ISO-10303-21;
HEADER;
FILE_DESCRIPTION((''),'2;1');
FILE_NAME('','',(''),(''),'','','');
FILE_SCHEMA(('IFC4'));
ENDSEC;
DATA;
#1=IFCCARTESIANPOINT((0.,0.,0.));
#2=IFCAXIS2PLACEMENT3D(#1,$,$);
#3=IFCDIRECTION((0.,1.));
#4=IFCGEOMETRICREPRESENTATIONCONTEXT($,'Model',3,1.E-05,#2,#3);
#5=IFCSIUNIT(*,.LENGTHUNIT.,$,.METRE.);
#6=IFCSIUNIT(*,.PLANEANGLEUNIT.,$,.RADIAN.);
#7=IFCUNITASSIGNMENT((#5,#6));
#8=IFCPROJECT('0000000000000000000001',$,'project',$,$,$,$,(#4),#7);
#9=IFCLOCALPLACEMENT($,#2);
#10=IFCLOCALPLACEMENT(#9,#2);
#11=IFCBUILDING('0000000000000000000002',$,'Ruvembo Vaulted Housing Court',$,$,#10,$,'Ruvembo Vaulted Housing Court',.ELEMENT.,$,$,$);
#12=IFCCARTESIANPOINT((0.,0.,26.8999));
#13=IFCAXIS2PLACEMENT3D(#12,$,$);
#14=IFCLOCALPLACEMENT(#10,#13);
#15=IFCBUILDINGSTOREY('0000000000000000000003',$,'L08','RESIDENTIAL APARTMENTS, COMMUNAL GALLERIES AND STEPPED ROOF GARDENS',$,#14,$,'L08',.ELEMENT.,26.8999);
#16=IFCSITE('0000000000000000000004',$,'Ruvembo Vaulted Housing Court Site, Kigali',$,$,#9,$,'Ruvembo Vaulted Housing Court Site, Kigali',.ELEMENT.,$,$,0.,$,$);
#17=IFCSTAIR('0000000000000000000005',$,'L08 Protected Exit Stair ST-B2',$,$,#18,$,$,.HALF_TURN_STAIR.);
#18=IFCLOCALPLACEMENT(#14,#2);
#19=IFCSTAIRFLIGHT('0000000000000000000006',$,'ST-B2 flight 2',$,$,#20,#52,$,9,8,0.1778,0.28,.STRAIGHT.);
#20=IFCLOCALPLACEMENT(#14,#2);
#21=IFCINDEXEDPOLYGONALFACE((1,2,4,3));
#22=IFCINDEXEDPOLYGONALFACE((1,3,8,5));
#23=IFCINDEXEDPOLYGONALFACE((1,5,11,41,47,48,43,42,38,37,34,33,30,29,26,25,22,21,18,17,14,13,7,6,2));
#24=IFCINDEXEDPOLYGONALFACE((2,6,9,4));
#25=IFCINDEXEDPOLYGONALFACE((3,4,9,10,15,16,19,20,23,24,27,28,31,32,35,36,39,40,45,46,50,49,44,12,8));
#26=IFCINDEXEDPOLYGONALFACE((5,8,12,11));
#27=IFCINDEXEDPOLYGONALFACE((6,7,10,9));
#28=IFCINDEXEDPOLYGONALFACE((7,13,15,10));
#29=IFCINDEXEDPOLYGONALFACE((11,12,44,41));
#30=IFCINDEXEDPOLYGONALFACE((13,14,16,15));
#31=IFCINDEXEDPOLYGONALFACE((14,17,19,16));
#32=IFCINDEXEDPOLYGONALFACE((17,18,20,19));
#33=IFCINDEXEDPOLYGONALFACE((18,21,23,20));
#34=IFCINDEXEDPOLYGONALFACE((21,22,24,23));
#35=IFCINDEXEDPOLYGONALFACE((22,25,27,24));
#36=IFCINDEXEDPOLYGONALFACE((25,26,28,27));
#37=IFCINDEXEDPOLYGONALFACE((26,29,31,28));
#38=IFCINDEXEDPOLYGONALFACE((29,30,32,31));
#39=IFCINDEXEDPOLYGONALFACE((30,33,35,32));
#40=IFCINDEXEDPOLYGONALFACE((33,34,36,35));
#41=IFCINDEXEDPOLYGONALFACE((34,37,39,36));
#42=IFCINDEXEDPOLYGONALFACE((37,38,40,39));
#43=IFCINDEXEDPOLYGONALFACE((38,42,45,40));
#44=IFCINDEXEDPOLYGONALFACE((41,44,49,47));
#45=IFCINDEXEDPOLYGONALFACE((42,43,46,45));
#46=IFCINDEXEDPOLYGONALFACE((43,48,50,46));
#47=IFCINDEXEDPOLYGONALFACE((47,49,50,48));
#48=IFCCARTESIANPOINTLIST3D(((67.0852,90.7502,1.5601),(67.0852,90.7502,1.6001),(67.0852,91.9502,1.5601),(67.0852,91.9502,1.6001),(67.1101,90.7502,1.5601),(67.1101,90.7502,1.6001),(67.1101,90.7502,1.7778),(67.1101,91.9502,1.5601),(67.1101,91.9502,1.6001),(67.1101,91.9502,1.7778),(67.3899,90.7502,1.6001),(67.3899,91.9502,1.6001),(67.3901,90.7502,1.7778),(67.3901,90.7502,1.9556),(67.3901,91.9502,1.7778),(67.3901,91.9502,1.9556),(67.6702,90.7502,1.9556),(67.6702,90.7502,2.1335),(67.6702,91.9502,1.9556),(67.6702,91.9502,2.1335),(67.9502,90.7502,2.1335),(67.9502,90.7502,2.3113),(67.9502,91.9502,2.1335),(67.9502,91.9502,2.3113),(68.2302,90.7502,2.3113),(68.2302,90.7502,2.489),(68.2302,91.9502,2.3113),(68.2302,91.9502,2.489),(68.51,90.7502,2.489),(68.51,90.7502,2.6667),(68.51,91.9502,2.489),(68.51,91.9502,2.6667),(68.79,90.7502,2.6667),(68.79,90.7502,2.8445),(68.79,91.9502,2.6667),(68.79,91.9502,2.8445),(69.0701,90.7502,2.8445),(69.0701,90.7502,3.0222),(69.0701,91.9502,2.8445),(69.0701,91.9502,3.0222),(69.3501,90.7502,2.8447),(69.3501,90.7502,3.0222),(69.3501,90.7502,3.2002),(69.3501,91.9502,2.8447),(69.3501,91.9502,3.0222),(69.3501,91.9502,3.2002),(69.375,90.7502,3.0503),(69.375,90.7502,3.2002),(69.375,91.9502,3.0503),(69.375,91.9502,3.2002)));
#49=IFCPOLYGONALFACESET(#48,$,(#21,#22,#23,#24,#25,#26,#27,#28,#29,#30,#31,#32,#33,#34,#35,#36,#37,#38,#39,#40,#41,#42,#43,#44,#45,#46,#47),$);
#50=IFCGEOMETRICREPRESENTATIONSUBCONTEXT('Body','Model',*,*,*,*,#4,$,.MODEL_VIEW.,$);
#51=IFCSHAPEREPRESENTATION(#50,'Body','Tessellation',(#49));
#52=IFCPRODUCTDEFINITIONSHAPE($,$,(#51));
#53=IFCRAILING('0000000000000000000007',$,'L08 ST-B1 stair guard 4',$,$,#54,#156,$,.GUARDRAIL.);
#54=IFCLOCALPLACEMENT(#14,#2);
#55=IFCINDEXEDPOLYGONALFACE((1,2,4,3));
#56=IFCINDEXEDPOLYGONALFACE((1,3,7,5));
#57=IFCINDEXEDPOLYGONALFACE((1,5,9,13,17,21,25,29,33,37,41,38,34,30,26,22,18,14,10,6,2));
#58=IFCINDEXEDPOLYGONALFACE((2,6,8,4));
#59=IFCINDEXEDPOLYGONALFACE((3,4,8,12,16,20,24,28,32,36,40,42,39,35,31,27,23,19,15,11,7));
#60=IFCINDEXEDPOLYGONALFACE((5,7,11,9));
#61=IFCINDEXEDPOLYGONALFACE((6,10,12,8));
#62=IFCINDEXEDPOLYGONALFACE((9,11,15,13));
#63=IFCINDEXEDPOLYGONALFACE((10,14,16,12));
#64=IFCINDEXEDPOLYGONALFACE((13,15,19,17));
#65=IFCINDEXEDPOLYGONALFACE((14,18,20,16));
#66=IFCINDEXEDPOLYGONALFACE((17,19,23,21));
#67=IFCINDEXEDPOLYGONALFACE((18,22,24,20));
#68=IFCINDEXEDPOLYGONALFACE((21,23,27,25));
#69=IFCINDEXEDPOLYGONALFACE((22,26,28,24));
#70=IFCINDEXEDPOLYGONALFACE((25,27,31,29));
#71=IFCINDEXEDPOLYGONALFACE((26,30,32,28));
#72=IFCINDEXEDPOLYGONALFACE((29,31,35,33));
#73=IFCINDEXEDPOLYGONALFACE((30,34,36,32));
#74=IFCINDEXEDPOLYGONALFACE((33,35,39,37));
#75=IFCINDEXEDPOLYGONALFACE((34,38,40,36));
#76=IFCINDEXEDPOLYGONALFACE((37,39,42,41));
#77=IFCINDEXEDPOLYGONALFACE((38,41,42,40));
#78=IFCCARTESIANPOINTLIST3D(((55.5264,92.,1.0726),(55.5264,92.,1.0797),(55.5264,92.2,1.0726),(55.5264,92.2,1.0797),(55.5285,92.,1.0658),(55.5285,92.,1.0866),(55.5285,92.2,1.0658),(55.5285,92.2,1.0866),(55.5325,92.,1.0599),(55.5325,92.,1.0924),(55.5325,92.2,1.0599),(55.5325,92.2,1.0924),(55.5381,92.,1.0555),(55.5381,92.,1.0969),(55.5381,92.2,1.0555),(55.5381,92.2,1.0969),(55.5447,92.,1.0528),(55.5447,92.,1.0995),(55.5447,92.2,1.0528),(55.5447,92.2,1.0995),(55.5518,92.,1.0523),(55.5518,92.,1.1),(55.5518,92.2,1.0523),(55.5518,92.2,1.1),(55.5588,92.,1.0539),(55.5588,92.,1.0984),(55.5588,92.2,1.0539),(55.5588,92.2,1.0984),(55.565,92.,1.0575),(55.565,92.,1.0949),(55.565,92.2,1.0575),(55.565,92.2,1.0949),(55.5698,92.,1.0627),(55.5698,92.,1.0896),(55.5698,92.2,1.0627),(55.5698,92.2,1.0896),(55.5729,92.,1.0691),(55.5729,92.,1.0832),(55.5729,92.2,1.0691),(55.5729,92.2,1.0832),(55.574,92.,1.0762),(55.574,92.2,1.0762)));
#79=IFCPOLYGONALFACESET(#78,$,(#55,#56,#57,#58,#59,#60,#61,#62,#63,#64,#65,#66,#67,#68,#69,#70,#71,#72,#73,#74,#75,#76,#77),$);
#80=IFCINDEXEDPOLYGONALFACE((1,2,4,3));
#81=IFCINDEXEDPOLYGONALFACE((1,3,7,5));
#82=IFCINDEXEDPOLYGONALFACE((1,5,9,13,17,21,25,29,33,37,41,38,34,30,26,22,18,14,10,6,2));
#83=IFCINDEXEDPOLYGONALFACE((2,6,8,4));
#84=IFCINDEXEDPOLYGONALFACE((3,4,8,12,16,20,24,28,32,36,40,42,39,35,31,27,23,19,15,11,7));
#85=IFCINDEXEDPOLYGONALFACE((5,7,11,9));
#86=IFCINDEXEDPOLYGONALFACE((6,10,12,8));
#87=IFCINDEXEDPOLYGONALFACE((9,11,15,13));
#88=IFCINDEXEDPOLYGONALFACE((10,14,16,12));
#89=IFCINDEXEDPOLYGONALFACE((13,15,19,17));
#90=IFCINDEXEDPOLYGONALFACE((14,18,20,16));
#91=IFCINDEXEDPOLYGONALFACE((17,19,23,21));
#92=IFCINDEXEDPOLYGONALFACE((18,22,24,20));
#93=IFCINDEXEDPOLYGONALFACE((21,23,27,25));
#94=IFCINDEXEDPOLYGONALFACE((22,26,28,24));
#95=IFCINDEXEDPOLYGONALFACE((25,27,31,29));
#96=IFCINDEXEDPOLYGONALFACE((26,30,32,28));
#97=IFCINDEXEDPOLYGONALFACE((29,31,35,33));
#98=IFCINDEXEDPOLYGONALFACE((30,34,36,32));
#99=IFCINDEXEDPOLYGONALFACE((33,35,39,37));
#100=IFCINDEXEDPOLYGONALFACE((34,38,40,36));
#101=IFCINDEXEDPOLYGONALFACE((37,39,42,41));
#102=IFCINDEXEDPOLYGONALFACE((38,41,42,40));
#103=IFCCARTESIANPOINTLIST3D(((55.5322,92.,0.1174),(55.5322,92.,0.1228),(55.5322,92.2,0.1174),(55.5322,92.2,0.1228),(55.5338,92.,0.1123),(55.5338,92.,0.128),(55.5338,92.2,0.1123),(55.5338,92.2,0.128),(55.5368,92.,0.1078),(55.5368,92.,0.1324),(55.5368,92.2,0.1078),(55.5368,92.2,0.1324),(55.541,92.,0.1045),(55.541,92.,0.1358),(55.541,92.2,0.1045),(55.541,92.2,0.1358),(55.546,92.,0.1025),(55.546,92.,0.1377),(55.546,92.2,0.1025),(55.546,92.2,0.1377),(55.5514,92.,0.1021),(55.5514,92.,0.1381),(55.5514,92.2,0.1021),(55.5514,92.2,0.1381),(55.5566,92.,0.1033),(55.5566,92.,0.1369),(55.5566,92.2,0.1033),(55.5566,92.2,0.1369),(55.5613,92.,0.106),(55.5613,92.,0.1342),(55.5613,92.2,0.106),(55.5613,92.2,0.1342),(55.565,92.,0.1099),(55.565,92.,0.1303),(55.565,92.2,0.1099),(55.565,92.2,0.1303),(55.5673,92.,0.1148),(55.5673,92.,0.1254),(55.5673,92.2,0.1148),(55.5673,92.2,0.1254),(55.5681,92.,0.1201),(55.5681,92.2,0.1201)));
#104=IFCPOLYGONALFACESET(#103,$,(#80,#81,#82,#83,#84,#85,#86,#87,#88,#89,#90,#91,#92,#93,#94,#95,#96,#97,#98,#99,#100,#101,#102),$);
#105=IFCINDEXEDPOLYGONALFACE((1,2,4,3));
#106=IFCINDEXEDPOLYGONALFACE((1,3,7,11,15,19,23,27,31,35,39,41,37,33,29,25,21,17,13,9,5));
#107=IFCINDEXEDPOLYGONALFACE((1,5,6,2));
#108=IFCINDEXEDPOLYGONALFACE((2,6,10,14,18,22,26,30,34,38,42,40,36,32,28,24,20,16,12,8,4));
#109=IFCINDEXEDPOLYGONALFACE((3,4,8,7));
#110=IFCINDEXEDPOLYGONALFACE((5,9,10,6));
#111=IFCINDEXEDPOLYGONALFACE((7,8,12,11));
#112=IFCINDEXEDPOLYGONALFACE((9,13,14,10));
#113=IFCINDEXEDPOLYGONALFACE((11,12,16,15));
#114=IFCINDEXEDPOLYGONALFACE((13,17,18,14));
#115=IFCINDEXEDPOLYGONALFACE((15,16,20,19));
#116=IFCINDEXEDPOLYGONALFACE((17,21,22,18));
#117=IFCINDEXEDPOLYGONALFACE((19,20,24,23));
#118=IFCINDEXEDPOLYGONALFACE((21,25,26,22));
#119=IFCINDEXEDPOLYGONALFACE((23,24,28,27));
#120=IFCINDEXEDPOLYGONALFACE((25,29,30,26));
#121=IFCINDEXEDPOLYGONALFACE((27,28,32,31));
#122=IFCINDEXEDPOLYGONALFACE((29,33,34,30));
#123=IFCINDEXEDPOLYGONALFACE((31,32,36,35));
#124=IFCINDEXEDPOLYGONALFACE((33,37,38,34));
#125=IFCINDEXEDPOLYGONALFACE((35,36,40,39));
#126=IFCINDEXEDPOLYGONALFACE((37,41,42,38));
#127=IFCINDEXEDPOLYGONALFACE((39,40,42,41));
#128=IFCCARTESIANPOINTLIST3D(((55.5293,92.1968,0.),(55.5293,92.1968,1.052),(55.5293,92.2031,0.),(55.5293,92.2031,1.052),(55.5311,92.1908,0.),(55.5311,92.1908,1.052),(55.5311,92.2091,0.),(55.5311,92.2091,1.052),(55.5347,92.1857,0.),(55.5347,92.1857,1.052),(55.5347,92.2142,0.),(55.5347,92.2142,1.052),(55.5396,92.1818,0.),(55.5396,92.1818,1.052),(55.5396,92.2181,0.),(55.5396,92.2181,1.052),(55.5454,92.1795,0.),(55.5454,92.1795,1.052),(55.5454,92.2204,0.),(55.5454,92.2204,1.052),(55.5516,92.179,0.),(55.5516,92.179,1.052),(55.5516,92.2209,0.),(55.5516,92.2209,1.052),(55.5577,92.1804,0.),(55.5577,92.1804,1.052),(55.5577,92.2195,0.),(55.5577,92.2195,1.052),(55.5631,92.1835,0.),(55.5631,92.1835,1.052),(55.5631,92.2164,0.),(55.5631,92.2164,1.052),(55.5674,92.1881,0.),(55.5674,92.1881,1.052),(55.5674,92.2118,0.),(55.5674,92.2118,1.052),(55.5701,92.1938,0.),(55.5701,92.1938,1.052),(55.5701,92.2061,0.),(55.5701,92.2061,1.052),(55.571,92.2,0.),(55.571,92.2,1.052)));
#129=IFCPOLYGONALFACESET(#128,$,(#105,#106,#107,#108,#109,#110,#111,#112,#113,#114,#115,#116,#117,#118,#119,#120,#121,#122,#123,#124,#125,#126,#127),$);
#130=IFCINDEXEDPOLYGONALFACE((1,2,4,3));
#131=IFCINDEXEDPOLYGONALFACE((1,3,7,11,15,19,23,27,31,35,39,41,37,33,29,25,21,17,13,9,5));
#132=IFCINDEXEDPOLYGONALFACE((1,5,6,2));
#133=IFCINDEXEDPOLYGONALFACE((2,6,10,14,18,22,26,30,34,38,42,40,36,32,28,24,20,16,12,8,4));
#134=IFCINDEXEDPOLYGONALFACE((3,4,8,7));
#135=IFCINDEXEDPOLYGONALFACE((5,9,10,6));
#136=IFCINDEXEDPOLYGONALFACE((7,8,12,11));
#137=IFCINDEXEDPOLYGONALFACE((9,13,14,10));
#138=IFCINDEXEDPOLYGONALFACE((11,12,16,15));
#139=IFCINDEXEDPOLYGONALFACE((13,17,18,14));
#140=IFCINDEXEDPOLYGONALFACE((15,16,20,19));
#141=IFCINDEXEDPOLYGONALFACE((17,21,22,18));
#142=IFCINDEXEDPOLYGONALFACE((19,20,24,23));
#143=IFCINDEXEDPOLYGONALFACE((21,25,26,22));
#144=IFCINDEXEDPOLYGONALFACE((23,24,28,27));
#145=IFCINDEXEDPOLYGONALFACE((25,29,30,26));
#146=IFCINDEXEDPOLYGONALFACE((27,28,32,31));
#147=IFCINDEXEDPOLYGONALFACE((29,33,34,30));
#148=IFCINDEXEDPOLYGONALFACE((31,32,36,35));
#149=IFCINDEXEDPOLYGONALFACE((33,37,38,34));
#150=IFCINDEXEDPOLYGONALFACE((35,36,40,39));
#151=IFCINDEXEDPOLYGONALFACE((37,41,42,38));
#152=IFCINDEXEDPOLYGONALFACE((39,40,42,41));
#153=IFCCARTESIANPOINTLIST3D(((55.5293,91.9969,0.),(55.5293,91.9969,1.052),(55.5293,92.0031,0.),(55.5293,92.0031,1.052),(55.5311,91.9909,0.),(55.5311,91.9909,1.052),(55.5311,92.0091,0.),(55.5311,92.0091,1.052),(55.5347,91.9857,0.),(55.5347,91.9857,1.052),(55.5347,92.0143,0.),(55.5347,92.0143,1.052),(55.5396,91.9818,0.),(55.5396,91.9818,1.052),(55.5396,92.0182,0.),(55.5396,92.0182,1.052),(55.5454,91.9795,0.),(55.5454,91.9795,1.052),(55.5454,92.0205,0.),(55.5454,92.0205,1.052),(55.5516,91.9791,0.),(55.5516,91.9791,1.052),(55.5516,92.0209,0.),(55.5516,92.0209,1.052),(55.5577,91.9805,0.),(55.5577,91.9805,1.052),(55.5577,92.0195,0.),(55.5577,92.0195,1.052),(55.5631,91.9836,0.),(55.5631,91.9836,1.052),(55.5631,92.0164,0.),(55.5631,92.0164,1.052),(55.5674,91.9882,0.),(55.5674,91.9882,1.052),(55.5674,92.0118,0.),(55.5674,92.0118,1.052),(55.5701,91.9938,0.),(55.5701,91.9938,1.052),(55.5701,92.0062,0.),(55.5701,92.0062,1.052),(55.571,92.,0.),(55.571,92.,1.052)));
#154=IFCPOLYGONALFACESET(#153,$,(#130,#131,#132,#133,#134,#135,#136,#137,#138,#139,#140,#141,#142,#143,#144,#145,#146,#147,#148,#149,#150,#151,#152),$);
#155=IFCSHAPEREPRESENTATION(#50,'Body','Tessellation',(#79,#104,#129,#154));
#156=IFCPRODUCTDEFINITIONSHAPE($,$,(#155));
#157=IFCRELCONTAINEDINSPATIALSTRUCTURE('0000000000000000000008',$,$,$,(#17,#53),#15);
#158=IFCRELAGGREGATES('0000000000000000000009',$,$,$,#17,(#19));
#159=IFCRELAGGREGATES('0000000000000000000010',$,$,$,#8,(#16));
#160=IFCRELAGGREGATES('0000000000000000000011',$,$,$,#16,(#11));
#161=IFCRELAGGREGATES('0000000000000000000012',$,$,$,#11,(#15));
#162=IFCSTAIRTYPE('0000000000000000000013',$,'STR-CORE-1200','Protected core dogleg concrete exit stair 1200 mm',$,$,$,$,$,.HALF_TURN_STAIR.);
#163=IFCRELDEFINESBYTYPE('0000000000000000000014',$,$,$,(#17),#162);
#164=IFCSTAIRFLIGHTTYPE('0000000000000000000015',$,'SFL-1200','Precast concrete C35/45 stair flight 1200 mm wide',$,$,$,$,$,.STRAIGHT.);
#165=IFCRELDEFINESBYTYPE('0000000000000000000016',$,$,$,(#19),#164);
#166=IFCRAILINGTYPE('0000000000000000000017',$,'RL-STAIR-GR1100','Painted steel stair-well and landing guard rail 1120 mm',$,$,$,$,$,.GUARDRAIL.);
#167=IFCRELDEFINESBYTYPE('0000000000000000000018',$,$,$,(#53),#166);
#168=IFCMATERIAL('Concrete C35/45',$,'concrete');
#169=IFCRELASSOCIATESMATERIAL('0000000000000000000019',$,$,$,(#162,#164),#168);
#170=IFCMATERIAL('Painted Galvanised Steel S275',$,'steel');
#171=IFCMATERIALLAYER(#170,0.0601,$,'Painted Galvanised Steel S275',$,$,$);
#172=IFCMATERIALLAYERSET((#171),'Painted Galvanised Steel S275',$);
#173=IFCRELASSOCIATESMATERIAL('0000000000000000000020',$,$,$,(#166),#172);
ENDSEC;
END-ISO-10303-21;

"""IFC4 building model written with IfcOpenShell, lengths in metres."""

from ifc_helpers import new_model, si_unit, direction, frame, origin, origin_2d, place, context, subcontext, project, spatial, polyline, circle, outline, extrude, material, layer, layer_set, type_object, element, aggregate, save


model = new_model("IFC4")

# Units and contexts
model_context = context("Model", 3, precision=1e-05, world=origin(), true_north=direction((0.0, 1.0)))
body_context = subcontext(model_context, "Body", "Model", "MODEL_VIEW")
ifc_project = project(units=[si_unit("LENGTHUNIT", "METRE"), si_unit("PLANEANGLEUNIT", "RADIAN")], contexts=[model_context])

# Site, building, storey
site_placement = place(None, origin())
site = spatial("IfcSite", under=ifc_project, at=site_placement, Name="Ruvembo Vaulted Housing Court Site, Kigali", LongName="Ruvembo Vaulted Housing Court Site, Kigali", CompositionType="ELEMENT", RefElevation=0.0)
building_placement = place(site_placement, origin())
building = spatial("IfcBuilding", under=site, at=building_placement, Name="Ruvembo Vaulted Housing Court", LongName="Ruvembo Vaulted Housing Court", CompositionType="ELEMENT")
storey_placement = place(building_placement, frame((0.0, 0.0, 26.8999)))
storey = spatial("IfcBuildingStorey", under=building, at=storey_placement, Name="L08", Description="RESIDENTIAL APARTMENTS, COMMUNAL GALLERIES AND STEPPED ROOF GARDENS", LongName="L08", CompositionType="ELEMENT", Elevation=26.8999)

# Shared definitions
ifc_material_1 = material(Name="Concrete C35/45", Category="concrete")

# Stair, stair flight
stair_type = type_object("IfcStairType", Name="STR-CORE-1200", Description="Protected core dogleg concrete exit stair 1200 mm", PredefinedType="HALF_TURN_STAIR", material=ifc_material_1)
stair_placement = place(storey_placement, origin())
stair = element("IfcStair", 1, at=stair_placement, inside=storey, type_object=stair_type, Name="L08 Protected Exit Stair ST-B2", PredefinedType="HALF_TURN_STAIR")
stair_flight_type = type_object("IfcStairFlightType", Name="SFL-1200", Description="Precast concrete C35/45 stair flight 1200 mm wide", PredefinedType="STRAIGHT", material=ifc_material_1)
stair_flight_placement = place(storey_placement, frame((67.1101, 91.3501, 1.6001), z_axis=(0.0, 0.0, 1.0), x_axis=(1.0, 0.0, 0.0)))
stair_flight = element("IfcStairFlight", 2, at=stair_flight_placement, type_object=stair_flight_type, Name="ST-B2 flight 2", NumberOfRisers=9, NumberOfTreads=8, PredefinedType="STRAIGHT", RiserHeight=0.1778, TreadLength=0.28, context=body_context, shape_type="SweptSolid", body=[
    extrude(outline(polyline([(-0.0249, -0.04), (-0.0249, 0.0), (0.0, 0.0), (0.0, 0.1777), (0.28, 0.1777), (0.28, 0.3555), (0.5601, 0.3555), (0.5601, 0.5334), (0.8401, 0.5334), (0.8401, 0.7112), (1.1201, 0.7112), (1.1201, 0.8889), (1.3999, 0.8889), (1.3999, 1.0667), (1.6799, 1.0667), (1.6799, 1.2444), (1.96, 1.2444), (1.96, 1.4221), (2.24, 1.4221), (2.24, 1.6001), (2.2649, 1.6001), (2.2649, 1.4502), (2.24, 1.2446), (0.2798, 0.0), (0.0, -0.04), (-0.0249, -0.04)])), frame((0.0, 0.6001, 0.0), z_axis=(0.0, -1.0, 0.0), x_axis=(1.0, 0.0, 0.0)), (0.0, 0.0, 1.0), 1.2),
])
aggregate(stair, [stair_flight])

# Railing
ifc_material_2 = material(Name="Painted Galvanised Steel S275", Category="steel")
ifc_layer_1 = layer(ifc_material_2, 0.0601, Name="Painted Galvanised Steel S275")
ifc_layer_set_1 = layer_set([ifc_layer_1], Name="Painted Galvanised Steel S275")
railing_type_1 = type_object("IfcRailingType", Name="RL-STAIR-GR1100", Description="Painted steel stair-well and landing guard rail 1120 mm", PredefinedType="GUARDRAIL", material=ifc_layer_set_1)
for number, where, name in (
    (3, (55.55, 92.2, 0.0), "L08 ST-B1 stair guard 4"),
):
    element("IfcRailing", number, at=place(storey_placement, frame(where)), inside=storey, type_object=railing_type_1, Name=name, PredefinedType="GUARDRAIL", context=body_context, shape_type="SweptSolid", body=[
        extrude(circle(Radius=0.0239, at=origin_2d()), frame((0.0, 0.0, 1.0762), z_axis=(0.0, -1.0, 0.0), x_axis=(1.0, 0.0, 0.0)), (0.0, 0.0, 1.0), 0.2),
        extrude(circle(Radius=0.0181, at=origin_2d()), frame((0.0, 0.0, 0.1201), z_axis=(0.0, -1.0, 0.0), x_axis=(1.0, 0.0, 0.0)), (0.0, 0.0, 1.0), 0.2),
        extrude(circle(Radius=0.021, at=origin_2d()), origin(), (0.0, 0.0, 1.0), 1.052),
        extrude(circle(Radius=0.021, at=origin_2d()), frame((0.0, -0.2, 0.0)), (0.0, 0.0, 1.0), 1.052),
    ])

save(model, "model.ifc")
